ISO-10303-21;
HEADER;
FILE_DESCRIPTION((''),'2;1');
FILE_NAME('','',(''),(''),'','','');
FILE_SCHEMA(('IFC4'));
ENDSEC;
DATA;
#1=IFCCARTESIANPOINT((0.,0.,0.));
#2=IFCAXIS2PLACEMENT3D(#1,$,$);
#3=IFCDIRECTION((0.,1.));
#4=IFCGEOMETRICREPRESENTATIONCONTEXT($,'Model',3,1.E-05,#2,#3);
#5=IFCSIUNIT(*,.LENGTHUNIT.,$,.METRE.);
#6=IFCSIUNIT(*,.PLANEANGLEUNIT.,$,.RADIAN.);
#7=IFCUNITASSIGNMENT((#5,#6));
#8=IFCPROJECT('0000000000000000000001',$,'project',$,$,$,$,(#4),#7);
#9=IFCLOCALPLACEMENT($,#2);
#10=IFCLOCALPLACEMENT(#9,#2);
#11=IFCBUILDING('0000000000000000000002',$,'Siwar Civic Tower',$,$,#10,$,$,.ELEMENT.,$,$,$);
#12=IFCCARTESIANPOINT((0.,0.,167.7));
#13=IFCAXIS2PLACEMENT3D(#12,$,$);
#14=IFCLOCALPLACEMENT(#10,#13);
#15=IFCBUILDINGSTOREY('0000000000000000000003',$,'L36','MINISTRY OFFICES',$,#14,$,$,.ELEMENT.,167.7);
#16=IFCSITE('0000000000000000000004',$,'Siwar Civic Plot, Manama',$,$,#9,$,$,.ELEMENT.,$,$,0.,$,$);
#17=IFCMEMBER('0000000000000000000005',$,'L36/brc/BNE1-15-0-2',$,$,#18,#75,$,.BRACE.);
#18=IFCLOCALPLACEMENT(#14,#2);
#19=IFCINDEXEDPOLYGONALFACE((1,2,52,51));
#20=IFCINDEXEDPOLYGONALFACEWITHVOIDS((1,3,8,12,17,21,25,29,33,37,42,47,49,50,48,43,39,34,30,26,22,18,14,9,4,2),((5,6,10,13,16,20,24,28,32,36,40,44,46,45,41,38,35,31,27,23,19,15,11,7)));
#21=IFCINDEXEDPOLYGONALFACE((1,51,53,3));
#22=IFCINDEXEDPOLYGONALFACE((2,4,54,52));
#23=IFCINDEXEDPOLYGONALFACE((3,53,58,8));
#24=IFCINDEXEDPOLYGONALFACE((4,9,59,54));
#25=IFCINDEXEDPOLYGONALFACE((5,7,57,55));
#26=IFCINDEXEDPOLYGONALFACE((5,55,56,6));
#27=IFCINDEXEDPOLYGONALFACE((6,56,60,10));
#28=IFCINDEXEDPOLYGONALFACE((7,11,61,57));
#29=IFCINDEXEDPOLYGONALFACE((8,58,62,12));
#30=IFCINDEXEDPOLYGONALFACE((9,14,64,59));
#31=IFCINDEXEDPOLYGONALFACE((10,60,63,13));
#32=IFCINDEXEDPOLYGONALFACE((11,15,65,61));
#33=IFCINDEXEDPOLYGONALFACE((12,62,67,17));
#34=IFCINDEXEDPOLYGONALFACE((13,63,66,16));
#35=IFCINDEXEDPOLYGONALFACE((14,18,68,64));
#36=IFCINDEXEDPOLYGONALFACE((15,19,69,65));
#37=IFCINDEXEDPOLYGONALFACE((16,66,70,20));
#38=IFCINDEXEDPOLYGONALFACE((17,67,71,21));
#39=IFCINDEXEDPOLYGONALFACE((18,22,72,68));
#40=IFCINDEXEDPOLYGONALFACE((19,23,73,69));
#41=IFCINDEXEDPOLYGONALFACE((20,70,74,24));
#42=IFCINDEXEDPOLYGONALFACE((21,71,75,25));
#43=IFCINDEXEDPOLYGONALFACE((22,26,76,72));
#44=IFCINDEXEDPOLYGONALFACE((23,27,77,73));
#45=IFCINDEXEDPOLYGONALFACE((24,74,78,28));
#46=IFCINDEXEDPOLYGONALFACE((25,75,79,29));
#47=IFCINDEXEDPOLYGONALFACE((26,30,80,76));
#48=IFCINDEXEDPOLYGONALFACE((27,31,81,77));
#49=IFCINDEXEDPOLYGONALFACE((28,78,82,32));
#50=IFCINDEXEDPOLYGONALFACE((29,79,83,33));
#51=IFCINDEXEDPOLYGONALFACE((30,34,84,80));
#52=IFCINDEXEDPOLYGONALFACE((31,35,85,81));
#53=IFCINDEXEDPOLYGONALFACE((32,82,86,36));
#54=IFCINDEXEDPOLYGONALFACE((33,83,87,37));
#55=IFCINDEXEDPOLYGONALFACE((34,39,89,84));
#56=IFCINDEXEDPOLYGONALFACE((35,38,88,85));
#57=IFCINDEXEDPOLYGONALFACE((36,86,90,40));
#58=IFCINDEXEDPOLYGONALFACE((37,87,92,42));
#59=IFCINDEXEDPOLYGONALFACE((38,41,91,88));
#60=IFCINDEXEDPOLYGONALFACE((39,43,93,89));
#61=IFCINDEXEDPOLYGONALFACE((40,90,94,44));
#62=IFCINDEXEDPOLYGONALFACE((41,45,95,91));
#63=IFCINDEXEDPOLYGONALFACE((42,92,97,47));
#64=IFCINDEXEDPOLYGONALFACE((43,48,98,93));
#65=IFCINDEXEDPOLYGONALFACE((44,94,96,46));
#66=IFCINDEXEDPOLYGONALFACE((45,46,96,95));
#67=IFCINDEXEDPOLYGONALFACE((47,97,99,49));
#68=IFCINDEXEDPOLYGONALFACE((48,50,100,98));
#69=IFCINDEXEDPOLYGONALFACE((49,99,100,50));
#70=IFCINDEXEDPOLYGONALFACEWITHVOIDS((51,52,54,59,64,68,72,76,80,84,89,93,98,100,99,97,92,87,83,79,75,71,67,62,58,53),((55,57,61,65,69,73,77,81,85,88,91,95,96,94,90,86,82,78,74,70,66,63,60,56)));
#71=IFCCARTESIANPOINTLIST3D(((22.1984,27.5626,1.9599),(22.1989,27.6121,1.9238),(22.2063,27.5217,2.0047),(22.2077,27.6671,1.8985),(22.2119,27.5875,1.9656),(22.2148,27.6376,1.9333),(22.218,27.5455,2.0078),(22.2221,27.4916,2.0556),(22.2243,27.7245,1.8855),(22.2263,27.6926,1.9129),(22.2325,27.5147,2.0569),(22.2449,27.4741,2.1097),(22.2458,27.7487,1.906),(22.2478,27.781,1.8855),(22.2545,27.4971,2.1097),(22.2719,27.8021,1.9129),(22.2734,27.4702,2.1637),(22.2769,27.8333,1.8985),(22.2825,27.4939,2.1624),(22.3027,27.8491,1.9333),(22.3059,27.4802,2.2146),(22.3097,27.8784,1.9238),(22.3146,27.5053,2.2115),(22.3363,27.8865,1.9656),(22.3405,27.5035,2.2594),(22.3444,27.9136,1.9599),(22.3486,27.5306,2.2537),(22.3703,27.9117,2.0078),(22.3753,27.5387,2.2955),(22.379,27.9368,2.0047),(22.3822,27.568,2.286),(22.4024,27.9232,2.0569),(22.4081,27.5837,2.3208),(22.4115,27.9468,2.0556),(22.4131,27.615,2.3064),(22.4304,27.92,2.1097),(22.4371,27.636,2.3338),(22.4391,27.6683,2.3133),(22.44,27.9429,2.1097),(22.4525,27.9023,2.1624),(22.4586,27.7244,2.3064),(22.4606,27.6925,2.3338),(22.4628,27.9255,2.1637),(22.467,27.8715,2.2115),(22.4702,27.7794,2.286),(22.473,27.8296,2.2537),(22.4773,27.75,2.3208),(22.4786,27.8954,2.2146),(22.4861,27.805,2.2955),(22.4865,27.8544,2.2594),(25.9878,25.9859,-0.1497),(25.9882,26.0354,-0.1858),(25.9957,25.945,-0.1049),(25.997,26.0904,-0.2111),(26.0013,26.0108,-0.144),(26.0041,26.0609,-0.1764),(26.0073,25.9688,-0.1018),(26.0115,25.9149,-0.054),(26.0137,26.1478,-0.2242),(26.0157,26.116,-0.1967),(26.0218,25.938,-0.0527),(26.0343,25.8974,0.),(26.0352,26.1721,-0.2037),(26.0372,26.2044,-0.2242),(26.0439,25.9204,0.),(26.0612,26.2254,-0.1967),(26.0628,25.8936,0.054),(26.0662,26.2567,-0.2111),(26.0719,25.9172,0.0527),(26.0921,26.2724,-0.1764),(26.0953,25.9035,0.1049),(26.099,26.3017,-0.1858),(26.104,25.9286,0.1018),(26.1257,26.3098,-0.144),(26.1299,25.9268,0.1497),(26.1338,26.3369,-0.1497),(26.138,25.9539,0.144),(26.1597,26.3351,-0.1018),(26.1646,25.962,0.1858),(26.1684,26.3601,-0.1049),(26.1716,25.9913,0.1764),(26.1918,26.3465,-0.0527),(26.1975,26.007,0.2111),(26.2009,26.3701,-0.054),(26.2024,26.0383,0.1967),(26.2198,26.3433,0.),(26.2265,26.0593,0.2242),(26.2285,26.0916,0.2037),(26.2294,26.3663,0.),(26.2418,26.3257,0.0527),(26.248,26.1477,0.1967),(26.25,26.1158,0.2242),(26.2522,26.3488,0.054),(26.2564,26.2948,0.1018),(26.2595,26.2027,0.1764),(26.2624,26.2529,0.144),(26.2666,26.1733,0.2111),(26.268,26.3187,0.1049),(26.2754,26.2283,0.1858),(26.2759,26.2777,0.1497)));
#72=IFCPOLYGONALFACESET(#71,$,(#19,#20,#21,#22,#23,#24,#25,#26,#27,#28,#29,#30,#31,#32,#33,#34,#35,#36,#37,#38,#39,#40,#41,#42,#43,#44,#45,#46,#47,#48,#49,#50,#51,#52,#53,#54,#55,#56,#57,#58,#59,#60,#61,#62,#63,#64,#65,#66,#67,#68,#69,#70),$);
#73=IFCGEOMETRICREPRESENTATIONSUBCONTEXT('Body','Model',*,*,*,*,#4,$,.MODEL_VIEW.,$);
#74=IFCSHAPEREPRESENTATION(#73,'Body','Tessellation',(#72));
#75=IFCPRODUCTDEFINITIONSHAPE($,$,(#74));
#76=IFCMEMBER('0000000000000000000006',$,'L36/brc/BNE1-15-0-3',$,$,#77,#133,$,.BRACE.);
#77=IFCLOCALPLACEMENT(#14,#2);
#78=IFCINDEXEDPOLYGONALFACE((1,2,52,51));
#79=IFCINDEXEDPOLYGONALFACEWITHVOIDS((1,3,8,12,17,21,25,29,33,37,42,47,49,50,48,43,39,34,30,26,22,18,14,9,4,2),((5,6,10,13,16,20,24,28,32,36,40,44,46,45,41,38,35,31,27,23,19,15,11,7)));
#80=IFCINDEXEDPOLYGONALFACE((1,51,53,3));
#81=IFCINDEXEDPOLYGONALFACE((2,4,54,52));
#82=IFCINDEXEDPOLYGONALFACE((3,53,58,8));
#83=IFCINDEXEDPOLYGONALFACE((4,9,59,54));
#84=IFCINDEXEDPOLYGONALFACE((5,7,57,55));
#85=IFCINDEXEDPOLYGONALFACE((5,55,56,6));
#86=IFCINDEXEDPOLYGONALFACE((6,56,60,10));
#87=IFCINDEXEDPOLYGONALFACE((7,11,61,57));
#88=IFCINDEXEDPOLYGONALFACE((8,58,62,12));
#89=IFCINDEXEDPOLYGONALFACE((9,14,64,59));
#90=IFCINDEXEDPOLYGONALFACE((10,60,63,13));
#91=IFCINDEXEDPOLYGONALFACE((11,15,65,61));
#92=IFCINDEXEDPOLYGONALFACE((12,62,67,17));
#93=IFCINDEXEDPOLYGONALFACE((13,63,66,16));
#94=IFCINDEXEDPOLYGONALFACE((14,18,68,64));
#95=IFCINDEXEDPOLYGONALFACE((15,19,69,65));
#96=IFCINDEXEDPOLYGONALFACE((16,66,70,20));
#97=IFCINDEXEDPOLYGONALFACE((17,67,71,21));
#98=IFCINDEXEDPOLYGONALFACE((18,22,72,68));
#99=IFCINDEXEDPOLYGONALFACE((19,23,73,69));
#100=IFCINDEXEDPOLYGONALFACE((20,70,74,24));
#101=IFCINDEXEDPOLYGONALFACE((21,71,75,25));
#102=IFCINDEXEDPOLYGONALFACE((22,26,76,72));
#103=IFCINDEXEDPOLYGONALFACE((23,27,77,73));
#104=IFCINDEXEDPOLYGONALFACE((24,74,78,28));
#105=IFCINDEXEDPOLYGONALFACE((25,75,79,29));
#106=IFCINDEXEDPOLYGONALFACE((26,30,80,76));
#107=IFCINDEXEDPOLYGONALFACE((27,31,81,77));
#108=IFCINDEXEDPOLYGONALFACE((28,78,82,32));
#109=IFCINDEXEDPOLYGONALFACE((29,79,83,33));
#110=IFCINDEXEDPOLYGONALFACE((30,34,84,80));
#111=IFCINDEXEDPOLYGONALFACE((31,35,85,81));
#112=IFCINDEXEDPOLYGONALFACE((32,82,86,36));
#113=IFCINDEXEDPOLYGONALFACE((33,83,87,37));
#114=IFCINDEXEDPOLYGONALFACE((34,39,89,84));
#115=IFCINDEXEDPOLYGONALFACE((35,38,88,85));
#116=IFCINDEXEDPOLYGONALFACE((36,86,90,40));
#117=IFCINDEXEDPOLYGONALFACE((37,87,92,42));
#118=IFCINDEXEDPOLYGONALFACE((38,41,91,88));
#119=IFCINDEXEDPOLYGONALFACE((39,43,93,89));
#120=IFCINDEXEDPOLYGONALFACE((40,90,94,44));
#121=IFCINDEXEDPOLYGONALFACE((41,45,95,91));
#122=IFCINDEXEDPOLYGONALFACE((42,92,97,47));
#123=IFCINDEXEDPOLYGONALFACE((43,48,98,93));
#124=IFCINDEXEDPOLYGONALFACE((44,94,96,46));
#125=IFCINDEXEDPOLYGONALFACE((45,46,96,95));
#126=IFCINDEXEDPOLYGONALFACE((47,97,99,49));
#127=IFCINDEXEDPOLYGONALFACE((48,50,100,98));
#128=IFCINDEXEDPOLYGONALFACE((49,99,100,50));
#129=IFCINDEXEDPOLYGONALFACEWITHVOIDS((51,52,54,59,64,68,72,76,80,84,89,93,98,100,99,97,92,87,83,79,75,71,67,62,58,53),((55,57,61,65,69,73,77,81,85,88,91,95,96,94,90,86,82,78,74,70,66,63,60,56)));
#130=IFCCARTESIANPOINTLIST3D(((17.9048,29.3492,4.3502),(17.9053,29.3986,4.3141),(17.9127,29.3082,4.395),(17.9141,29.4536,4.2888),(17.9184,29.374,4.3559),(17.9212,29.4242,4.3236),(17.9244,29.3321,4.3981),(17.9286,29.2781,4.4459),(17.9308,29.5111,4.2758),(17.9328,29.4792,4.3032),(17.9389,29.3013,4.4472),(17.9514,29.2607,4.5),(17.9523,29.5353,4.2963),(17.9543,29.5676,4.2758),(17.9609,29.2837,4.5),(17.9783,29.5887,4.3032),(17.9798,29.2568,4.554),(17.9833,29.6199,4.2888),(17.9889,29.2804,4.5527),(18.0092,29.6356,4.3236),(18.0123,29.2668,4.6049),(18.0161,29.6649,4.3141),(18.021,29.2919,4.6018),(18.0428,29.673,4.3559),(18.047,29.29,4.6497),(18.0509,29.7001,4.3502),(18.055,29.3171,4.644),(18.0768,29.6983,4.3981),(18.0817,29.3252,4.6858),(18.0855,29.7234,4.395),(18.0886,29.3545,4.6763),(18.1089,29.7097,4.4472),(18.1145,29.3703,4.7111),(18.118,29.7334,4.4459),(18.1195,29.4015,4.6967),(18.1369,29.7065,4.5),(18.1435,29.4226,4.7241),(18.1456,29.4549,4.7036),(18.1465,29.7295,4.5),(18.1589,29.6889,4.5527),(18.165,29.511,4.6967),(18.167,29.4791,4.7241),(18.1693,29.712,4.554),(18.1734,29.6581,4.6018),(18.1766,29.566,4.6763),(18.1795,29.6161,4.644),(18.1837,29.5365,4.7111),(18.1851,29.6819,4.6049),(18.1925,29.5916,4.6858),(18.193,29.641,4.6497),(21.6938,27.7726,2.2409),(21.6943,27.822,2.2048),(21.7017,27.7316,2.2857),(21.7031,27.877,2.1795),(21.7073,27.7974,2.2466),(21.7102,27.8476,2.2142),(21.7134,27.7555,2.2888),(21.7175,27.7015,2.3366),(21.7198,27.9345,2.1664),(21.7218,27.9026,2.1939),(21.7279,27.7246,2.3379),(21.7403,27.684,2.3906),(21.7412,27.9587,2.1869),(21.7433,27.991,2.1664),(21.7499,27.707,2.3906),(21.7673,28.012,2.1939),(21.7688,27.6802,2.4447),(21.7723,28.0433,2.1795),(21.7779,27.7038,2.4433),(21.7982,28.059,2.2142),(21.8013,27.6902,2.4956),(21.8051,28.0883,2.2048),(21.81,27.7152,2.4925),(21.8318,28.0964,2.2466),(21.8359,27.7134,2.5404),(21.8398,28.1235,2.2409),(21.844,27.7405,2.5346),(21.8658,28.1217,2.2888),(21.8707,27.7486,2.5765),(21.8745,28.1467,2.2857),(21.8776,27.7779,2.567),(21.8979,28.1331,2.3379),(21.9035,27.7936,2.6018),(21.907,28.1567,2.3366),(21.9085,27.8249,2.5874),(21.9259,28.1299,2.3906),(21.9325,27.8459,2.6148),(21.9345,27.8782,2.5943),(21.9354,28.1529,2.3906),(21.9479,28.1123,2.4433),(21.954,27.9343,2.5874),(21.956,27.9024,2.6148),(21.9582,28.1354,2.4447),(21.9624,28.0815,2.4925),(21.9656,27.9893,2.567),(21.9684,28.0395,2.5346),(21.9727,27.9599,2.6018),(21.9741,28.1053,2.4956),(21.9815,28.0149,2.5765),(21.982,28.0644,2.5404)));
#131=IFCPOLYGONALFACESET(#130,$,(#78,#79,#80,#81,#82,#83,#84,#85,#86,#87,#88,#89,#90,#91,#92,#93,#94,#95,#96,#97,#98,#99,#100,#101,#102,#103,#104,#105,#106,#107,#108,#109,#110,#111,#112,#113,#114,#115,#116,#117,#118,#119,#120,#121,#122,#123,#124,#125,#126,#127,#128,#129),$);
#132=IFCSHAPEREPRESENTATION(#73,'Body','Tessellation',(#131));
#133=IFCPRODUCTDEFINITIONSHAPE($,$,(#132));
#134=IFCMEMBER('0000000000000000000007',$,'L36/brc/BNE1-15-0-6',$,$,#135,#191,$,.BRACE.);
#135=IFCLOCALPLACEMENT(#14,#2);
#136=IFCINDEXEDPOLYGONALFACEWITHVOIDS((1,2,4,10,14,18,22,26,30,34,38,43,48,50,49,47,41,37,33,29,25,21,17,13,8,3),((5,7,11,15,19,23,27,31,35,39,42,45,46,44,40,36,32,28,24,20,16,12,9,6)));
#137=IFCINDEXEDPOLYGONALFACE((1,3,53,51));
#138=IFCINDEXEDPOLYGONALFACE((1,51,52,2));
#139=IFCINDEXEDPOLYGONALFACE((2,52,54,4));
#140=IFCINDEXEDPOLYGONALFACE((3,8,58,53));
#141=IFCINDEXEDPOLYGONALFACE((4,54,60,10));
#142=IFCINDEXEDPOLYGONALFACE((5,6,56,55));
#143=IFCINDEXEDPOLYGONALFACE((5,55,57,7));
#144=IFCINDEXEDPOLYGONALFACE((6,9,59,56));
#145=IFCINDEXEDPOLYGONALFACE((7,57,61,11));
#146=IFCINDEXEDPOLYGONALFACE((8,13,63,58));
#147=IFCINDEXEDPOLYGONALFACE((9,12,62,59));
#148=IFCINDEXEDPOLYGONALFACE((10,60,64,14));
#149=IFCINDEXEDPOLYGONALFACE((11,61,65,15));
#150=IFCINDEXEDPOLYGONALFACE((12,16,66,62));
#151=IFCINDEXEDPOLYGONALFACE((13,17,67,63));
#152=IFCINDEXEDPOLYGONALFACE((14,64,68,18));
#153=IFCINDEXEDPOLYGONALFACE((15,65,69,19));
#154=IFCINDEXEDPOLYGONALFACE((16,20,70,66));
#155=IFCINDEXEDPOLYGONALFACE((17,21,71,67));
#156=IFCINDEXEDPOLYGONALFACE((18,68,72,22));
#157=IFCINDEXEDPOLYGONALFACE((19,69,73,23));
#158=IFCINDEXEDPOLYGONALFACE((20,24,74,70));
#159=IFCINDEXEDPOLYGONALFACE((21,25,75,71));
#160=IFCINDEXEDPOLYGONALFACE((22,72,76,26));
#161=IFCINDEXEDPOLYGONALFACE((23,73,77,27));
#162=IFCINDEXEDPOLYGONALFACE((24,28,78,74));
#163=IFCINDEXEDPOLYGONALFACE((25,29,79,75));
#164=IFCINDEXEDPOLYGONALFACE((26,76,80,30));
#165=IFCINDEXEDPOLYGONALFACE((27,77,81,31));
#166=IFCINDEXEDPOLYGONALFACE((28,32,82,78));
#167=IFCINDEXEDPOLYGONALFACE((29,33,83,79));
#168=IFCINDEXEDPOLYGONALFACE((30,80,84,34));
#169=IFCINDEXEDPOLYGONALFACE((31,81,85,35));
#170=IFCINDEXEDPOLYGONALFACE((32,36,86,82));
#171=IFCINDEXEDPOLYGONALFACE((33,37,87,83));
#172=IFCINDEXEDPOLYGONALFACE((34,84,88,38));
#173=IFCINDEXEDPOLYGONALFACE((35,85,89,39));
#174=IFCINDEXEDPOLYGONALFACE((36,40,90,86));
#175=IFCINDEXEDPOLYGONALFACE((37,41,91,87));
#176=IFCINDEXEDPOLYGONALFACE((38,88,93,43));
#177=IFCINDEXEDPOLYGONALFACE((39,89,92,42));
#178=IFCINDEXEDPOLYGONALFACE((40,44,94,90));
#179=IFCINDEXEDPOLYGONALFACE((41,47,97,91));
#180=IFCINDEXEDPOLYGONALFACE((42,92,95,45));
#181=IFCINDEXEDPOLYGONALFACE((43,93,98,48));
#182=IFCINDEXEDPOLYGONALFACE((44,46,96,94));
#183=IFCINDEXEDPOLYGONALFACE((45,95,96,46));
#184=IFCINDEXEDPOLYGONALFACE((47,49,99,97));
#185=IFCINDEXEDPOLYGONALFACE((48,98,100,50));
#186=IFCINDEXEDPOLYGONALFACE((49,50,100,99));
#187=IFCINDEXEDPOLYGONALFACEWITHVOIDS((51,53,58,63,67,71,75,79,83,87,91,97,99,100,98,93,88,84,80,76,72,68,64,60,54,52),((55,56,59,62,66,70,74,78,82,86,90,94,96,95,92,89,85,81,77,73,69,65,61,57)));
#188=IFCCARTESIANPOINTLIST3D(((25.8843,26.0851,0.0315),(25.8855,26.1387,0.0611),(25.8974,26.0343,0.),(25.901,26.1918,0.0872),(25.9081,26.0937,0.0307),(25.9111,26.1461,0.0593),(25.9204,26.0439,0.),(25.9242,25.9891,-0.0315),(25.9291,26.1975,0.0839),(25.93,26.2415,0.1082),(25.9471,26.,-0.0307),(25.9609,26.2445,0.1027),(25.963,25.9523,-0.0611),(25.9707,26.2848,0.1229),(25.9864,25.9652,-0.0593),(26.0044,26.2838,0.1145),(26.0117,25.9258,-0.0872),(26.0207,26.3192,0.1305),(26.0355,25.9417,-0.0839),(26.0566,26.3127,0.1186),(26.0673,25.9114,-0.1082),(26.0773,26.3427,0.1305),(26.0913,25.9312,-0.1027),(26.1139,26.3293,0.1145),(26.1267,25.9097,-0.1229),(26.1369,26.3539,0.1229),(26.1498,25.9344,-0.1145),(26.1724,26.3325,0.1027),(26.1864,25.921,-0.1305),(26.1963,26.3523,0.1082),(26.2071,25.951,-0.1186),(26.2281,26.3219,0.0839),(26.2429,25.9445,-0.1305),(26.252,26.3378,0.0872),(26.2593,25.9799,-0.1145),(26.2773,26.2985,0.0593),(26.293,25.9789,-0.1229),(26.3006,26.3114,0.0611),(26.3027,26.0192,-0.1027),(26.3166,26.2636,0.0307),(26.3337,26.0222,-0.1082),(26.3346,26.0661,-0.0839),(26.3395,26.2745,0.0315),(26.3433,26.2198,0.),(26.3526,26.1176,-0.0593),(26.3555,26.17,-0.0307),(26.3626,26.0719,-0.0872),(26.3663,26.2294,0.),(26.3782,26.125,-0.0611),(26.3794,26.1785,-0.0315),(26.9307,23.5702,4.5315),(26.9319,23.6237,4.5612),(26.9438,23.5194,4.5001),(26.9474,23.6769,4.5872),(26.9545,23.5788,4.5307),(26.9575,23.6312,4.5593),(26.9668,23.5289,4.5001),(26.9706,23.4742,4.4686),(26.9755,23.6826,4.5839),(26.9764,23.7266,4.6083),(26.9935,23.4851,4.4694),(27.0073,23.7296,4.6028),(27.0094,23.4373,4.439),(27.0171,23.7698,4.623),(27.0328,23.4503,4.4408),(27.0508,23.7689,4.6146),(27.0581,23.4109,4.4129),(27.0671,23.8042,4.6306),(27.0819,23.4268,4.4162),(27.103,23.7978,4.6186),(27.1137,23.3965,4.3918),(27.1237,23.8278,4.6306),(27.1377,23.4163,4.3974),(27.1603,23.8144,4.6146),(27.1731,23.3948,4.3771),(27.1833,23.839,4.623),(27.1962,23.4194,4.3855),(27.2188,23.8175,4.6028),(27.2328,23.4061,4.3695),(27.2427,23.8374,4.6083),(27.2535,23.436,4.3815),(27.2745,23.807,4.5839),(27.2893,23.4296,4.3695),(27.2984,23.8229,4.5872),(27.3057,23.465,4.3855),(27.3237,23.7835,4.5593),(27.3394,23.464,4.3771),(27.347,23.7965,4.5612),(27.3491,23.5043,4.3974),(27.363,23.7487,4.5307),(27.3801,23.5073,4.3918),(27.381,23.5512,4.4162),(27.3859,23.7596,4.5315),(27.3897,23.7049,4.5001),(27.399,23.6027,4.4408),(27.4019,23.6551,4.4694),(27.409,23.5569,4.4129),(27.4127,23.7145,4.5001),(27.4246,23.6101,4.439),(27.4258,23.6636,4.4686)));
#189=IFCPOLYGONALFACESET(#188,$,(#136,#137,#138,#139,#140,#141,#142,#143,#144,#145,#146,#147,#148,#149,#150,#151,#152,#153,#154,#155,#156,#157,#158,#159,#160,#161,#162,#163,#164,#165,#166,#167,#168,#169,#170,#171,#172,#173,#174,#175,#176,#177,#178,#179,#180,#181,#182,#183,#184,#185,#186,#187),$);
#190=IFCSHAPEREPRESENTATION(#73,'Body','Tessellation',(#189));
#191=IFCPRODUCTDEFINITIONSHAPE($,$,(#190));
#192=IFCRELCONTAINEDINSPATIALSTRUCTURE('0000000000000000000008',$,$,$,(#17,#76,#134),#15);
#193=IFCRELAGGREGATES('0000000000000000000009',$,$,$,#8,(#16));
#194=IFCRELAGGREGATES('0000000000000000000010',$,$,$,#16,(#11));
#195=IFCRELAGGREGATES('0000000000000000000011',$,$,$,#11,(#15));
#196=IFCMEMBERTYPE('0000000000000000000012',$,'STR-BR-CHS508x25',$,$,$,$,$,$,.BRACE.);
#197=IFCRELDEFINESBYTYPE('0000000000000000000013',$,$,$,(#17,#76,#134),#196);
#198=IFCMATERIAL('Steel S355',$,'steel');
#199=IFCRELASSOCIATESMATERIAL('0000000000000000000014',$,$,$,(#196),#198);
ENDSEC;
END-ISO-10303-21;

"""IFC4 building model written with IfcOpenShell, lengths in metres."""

from ifc_helpers import new_model, si_unit, direction, frame, origin, origin_2d, place, context, subcontext, project, spatial, hollow_circle, extrude, material, material_profile, profile_set, type_object, element, save


model = new_model("IFC4")

# Units and contexts
model_context = context("Model", 3, precision=1e-05, world=origin(), true_north=direction((0.0, 1.0)))
body_context = subcontext(model_context, "Body", "Model", "MODEL_VIEW")
ifc_project = project(units=[si_unit("LENGTHUNIT", "METRE"), si_unit("PLANEANGLEUNIT", "RADIAN")], contexts=[model_context])

# Site, building, storey
site_placement = place(None, origin())
site = spatial("IfcSite", under=ifc_project, at=site_placement, Name="Siwar Civic Plot, Manama", CompositionType="ELEMENT", RefElevation=0.0)
building_placement = place(site_placement, origin())
building = spatial("IfcBuilding", under=site, at=building_placement, Name="Siwar Civic Tower", CompositionType="ELEMENT")
storey_placement = place(building_placement, frame((0.0, 0.0, 167.7)))
storey = spatial("IfcBuildingStorey", under=building, at=storey_placement, Name="L36", Description="MINISTRY OFFICES", CompositionType="ELEMENT", Elevation=167.7)

# Members
ifc_material_1 = material(Name="Steel S355", Category="steel")
ifc_material_profile_1 = material_profile(ifc_material_1, hollow_circle(Radius=0.2539, WallThickness=0.0249, at=origin_2d()), Name="CHS508x25")
ifc_profile_set_1 = profile_set([ifc_material_profile_1], Name="Steel S355")
member_type_1 = type_object("IfcMemberType", Name="STR-BR-CHS508x25", PredefinedType="BRACE", material=ifc_profile_set_1)
member_1_placement = place(storey_placement, frame((26.1318, 26.1318, 0.0), z_axis=(-0.821143, 0.341662, 0.457155), x_axis=(-0.384155, -0.923269, 0.0)))
element("IfcMember", 1, at=member_1_placement, inside=storey, type_object=member_type_1, Name="L36/brc/BNE1-15-0-2", PredefinedType="BRACE", context=body_context, shape_type="SweptSolid", body=[
    extrude(hollow_circle(Radius=0.2539, WallThickness=0.0249, at=origin_2d()), origin(), (0.0, 0.0, 1.0), 4.6147),
])
member_2_placement = place(storey_placement, frame((21.8379, 27.9185, 2.3906), z_axis=(-0.821146, 0.341686, 0.457133), x_axis=(-0.384176, -0.92326, 0.0)))
element("IfcMember", 2, at=member_2_placement, inside=storey, type_object=member_type_1, Name="L36/brc/BNE1-15-0-3", PredefinedType="BRACE", context=body_context, shape_type="SweptSolid", body=[
    extrude(hollow_circle(Radius=0.2539, WallThickness=0.0249, at=origin_2d()), origin(), (0.0, 0.0, 1.0), 4.6143),
])
member_3_placement = place(storey_placement, frame((26.1318, 26.1318, 0.0), z_axis=(0.198926, -0.478099, 0.855482), x_axis=(0.92327, 0.384151, 0.0)))
element("IfcMember", 3, at=member_3_placement, inside=storey, type_object=member_type_1, Name="L36/brc/BNE1-15-0-6", PredefinedType="BRACE", context=body_context, shape_type="SweptSolid", body=[
    extrude(hollow_circle(Radius=0.2539, WallThickness=0.0249, at=origin_2d()), origin(), (0.0, 0.0, 1.0), 5.2603),
])

save(model, "model.ifc")
